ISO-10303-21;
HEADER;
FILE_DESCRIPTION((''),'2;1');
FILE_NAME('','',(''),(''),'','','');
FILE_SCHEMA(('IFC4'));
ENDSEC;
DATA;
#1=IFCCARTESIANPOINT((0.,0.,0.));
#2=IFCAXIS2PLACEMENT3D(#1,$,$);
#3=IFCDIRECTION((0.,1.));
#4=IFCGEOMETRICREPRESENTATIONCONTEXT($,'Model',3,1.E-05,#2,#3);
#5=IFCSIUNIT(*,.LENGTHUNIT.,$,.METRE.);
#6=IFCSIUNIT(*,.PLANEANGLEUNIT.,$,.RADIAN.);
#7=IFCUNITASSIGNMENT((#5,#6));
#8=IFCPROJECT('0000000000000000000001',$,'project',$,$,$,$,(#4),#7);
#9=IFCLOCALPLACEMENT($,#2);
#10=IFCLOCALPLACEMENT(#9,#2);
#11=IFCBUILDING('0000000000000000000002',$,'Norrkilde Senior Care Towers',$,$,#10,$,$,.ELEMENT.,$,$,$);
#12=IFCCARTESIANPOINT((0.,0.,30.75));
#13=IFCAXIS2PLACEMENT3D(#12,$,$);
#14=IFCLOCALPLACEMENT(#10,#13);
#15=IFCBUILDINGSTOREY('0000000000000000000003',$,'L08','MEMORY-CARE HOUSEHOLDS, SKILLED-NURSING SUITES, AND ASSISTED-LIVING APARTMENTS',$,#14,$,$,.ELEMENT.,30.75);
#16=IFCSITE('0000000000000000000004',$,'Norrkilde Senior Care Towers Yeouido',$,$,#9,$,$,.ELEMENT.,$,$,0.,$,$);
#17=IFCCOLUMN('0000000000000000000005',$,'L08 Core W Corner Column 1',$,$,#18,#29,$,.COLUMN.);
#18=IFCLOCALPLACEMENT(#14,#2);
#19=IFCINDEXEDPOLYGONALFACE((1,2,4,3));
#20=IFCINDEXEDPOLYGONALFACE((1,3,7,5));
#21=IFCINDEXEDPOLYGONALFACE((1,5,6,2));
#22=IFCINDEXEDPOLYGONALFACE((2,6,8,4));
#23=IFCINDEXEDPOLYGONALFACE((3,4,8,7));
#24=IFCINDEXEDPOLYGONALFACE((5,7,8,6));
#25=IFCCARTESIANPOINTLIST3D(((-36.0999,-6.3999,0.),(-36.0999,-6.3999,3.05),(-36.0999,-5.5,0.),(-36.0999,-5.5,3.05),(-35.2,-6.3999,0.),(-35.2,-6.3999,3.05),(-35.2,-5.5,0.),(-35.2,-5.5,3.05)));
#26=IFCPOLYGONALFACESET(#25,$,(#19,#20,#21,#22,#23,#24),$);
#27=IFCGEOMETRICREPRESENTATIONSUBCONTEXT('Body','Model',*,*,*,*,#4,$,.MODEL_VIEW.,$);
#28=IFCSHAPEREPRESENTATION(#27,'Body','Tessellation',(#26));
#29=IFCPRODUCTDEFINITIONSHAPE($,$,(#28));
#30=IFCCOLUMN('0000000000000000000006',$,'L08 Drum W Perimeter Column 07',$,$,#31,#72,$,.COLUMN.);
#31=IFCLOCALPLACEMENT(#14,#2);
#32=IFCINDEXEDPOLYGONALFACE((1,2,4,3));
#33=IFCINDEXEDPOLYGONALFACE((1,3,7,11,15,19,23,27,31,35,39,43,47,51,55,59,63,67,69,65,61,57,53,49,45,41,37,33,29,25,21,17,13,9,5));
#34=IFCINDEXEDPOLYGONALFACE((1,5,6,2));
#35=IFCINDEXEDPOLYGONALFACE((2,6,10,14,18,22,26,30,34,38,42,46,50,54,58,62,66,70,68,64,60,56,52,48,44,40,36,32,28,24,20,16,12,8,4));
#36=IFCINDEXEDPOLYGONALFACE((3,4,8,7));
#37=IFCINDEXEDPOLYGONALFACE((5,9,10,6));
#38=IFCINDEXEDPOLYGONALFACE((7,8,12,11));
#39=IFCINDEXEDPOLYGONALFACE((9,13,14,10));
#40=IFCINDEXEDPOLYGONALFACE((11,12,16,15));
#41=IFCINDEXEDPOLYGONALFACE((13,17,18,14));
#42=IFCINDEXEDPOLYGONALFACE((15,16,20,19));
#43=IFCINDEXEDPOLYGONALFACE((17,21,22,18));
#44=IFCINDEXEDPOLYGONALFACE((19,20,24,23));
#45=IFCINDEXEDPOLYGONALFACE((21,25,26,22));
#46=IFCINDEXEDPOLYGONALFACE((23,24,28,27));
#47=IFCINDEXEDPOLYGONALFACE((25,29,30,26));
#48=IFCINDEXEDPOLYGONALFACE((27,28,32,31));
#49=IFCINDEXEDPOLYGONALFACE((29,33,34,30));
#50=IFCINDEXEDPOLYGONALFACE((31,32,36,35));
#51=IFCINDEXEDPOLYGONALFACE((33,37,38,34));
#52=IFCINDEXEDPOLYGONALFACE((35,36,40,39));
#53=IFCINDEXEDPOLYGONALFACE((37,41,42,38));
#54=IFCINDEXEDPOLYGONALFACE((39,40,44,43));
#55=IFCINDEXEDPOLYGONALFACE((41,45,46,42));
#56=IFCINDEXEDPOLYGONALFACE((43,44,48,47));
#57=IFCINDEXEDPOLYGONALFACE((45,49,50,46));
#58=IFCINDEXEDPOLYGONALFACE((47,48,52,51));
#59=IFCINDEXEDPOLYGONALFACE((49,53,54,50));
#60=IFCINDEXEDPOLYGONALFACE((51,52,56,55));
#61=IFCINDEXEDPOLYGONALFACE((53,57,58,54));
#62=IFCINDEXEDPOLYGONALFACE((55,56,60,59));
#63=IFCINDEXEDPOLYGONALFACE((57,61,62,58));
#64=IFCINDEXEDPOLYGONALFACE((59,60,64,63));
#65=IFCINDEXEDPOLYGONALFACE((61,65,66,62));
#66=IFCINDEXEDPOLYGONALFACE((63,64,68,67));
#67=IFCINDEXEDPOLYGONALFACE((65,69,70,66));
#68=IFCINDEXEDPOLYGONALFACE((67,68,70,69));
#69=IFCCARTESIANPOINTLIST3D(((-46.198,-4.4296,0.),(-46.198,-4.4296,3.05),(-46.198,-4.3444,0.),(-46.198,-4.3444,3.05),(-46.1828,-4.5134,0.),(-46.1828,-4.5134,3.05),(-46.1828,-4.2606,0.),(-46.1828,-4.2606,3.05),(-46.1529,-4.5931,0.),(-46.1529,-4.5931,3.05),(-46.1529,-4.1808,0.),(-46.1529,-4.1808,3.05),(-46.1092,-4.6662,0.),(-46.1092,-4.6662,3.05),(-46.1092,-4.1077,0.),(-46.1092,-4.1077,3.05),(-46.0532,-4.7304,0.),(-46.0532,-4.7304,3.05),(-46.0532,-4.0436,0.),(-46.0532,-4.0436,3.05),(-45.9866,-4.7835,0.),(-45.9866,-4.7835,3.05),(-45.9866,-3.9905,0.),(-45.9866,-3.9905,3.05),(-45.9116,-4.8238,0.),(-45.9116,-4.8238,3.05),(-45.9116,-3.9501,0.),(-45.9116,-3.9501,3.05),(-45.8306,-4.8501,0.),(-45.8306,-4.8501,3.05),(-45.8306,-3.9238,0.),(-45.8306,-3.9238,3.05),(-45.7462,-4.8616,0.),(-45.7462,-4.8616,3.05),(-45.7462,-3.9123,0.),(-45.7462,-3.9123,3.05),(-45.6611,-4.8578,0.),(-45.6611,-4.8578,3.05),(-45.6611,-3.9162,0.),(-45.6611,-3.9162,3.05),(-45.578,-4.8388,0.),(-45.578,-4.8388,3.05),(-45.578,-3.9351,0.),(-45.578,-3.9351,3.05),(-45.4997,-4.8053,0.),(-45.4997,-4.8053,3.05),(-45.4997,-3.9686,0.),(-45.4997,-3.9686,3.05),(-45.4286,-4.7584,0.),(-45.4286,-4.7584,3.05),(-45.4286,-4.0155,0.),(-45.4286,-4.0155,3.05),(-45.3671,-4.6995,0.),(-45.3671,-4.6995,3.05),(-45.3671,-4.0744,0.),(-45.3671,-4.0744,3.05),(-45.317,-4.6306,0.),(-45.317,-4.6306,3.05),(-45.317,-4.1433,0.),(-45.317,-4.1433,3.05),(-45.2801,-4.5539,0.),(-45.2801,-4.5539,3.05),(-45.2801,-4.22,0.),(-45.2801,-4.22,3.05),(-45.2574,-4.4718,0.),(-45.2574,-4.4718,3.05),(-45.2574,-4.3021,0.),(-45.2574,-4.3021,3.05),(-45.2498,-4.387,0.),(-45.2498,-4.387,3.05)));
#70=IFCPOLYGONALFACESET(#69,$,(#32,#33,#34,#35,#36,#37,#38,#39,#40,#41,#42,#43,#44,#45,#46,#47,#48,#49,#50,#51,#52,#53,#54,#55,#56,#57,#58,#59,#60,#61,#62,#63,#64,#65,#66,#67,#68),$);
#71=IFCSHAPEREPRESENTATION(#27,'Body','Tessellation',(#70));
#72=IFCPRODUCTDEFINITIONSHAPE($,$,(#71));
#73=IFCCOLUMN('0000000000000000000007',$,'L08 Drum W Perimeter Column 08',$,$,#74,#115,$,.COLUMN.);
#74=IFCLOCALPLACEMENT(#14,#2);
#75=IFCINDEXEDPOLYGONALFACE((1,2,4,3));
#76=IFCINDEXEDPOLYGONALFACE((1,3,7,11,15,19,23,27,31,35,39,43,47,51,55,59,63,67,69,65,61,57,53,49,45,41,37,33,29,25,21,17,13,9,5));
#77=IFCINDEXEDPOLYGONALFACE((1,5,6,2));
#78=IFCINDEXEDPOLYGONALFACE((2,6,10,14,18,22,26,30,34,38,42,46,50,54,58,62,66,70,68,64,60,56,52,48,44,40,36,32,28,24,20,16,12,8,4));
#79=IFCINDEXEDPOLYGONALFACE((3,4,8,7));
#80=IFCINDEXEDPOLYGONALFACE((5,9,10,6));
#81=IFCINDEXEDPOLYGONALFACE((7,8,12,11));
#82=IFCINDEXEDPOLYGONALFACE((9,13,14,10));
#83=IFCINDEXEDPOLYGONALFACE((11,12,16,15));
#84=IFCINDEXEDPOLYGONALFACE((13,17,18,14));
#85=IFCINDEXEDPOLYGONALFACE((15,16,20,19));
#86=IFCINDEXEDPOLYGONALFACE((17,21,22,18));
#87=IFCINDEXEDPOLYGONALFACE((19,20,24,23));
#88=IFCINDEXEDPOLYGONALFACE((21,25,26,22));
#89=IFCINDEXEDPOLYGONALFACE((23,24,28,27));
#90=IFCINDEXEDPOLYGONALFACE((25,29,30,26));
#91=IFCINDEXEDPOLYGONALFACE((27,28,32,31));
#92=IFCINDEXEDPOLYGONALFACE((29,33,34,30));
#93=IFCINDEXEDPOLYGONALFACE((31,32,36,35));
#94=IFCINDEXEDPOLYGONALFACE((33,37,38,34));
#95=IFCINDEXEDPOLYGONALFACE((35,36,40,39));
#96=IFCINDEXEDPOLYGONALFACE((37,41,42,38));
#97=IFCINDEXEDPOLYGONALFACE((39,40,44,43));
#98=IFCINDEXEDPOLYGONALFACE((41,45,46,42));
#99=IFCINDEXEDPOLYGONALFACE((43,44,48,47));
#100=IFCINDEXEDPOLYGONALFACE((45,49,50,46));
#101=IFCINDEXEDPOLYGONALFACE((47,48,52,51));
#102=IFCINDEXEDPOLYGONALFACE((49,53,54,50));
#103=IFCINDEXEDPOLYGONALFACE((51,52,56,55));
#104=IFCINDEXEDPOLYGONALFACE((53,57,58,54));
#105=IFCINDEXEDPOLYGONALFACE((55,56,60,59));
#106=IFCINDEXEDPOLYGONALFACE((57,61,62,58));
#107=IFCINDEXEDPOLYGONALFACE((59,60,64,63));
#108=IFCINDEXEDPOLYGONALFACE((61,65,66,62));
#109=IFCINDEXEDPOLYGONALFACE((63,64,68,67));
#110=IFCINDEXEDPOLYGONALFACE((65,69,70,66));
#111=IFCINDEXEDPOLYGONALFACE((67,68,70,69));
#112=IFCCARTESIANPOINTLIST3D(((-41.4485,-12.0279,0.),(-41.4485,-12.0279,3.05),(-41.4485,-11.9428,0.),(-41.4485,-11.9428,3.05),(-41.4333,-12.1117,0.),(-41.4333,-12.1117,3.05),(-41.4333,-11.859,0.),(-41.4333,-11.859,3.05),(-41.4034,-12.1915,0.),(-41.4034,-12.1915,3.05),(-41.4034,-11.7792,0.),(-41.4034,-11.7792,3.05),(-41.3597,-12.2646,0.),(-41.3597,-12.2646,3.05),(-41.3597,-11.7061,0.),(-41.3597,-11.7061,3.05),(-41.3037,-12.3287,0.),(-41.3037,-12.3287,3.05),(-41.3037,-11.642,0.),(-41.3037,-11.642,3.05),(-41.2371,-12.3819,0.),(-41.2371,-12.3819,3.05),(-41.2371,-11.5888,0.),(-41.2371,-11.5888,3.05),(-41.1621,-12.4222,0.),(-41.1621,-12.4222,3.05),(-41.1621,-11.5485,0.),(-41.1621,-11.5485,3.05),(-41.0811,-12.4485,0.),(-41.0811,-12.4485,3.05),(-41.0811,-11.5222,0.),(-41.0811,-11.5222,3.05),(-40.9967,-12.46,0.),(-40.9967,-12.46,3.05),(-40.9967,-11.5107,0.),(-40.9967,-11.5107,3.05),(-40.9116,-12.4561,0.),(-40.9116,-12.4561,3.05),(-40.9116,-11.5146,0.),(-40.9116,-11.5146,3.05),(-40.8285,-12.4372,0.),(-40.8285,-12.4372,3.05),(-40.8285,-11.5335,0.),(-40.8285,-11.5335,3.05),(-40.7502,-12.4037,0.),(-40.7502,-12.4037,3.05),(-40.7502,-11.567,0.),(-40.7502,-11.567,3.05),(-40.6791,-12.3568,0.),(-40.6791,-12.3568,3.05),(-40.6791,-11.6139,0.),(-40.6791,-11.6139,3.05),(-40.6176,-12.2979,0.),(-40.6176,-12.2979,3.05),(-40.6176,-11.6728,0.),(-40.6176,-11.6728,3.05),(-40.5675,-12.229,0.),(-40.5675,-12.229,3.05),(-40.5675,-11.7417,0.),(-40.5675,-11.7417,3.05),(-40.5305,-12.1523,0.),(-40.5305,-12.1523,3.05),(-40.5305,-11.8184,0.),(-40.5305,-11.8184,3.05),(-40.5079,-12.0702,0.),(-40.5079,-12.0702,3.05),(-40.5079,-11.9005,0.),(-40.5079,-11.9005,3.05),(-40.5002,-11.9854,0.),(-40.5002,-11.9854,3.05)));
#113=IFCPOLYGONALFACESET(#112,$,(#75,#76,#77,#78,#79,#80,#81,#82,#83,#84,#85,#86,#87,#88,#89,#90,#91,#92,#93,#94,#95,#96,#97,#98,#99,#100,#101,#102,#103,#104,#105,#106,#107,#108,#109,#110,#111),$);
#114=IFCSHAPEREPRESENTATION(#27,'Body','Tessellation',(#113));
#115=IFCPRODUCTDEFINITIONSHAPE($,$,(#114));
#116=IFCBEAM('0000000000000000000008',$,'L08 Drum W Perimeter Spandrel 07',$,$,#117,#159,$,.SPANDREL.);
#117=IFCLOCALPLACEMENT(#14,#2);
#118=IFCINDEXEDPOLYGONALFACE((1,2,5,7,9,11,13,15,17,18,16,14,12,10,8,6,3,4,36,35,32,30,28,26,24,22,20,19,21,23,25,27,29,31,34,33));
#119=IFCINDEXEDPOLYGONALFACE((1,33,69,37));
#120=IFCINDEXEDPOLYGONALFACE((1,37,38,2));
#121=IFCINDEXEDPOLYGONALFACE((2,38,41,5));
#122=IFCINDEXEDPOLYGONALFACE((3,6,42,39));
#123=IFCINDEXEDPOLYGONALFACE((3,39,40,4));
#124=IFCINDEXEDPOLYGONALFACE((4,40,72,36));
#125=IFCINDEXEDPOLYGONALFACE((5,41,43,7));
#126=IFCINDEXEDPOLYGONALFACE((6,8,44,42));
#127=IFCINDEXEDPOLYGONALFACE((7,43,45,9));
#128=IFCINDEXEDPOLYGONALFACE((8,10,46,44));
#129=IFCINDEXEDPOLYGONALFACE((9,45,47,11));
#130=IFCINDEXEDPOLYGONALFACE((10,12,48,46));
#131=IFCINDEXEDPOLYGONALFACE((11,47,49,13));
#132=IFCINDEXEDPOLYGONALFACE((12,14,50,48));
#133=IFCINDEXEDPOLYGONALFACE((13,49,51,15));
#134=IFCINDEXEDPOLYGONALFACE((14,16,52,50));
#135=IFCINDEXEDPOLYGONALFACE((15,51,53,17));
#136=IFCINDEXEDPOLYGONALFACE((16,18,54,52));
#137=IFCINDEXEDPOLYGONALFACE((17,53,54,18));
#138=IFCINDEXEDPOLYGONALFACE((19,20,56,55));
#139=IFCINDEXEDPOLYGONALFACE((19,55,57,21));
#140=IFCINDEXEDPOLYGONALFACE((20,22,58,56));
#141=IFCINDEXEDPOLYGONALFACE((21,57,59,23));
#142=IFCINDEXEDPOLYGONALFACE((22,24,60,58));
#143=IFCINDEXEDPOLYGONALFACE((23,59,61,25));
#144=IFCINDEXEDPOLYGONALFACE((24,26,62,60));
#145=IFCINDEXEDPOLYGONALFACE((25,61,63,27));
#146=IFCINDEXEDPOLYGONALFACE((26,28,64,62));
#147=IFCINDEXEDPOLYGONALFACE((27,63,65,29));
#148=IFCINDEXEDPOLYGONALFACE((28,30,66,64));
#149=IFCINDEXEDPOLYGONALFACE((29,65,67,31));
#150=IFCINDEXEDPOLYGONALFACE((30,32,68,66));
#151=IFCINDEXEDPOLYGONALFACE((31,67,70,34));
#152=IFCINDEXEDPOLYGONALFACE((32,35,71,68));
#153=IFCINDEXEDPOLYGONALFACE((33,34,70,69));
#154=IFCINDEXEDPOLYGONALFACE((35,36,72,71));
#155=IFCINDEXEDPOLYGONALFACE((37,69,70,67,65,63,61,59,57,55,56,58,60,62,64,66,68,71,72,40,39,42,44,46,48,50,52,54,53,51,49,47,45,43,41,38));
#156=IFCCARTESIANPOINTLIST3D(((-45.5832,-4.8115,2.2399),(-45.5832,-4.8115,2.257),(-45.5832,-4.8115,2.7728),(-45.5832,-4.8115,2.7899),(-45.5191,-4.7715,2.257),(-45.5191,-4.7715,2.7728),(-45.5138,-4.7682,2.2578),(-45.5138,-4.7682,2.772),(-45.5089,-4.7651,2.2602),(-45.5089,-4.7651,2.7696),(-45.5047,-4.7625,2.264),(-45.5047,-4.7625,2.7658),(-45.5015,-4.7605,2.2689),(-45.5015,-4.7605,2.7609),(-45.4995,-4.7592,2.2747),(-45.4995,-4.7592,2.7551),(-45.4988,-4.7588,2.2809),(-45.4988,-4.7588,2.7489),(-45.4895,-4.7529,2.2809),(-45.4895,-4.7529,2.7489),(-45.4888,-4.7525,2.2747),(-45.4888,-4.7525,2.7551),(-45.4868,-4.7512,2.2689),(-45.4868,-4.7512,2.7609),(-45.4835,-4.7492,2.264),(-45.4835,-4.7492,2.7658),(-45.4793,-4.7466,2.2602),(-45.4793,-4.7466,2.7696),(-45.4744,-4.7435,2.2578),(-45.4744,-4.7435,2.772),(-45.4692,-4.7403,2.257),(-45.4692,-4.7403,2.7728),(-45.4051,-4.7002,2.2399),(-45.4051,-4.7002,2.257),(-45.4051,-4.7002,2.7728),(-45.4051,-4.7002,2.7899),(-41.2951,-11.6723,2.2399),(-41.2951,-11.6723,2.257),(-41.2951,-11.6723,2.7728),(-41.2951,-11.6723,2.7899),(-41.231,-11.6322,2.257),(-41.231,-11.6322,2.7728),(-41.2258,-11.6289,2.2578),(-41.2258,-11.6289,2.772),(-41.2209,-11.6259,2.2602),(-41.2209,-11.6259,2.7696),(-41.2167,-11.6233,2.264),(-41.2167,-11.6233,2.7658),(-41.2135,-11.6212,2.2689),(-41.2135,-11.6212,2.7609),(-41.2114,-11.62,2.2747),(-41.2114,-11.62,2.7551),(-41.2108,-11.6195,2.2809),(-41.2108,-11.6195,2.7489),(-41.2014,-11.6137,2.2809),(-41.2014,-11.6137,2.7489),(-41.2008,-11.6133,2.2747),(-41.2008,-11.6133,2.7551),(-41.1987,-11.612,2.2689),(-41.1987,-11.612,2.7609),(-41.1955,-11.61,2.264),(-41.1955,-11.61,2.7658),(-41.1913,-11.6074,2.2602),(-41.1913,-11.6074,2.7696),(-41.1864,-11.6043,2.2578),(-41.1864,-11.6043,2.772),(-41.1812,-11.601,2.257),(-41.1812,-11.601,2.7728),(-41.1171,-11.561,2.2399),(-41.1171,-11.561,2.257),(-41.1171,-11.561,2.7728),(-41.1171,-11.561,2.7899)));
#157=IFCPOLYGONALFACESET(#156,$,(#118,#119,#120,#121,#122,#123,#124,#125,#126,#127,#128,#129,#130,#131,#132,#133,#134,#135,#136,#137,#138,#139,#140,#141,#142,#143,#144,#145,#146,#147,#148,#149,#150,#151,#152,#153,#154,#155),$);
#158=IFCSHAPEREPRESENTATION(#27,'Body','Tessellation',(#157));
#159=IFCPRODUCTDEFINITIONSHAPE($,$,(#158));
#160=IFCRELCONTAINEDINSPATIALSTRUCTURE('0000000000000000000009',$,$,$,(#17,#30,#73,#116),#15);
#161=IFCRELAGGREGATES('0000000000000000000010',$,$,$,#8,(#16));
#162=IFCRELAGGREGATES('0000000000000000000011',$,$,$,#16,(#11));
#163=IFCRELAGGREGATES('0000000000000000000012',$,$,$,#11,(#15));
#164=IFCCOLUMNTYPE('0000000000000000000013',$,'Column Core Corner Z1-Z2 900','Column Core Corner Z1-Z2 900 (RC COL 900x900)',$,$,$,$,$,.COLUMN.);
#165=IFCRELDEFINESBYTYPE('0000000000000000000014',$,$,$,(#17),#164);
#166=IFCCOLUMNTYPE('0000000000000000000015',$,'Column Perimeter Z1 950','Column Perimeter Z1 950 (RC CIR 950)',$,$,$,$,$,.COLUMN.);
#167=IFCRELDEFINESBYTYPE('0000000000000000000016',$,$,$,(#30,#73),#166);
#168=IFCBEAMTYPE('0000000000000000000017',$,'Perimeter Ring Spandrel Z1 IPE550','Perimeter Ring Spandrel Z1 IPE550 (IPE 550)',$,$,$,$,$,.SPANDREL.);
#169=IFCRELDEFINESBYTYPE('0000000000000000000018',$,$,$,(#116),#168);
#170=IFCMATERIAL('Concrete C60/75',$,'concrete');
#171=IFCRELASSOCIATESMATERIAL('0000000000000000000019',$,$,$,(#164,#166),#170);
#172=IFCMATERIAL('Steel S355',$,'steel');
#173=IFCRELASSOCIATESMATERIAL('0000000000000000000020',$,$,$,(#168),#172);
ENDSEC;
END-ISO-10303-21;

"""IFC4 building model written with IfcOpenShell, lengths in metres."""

from ifc_helpers import new_model, si_unit, direction, frame, origin, origin_2d, place, context, subcontext, project, spatial, rectangle, circle, i_section, extrude, source, transform, mapped, material, material_profile, profile_set, type_object, type_shapes, element, save


model = new_model("IFC4")

# Units and contexts
model_context = context("Model", 3, precision=1e-05, world=origin(), true_north=direction((0.0, 1.0)))
body_context = subcontext(model_context, "Body", "Model", "MODEL_VIEW")
ifc_project = project(units=[si_unit("LENGTHUNIT", "METRE"), si_unit("PLANEANGLEUNIT", "RADIAN")], contexts=[model_context])

# Site, building, storey
site_placement = place(None, origin())
site = spatial("IfcSite", under=ifc_project, at=site_placement, Name="Norrkilde Senior Care Towers Yeouido", CompositionType="ELEMENT", RefElevation=0.0)
building_placement = place(site_placement, origin())
building = spatial("IfcBuilding", under=site, at=building_placement, Name="Norrkilde Senior Care Towers", CompositionType="ELEMENT")
storey_placement = place(building_placement, frame((0.0, 0.0, 30.75)))
storey = spatial("IfcBuildingStorey", under=building, at=storey_placement, Name="L08", Description="MEMORY-CARE HOUSEHOLDS, SKILLED-NURSING SUITES, AND ASSISTED-LIVING APARTMENTS", CompositionType="ELEMENT", Elevation=30.75)

# Columns
ifc_material_1 = material(Name="Concrete C60/75", Category="concrete")
ifc_material_profile_1 = material_profile(ifc_material_1, rectangle(XDim=0.8999, YDim=0.8999, at=origin_2d()), Name="RC COL 900x900")
ifc_profile_set_1 = profile_set([ifc_material_profile_1], Name="Concrete C60/75")
column_type_1 = type_object("IfcColumnType", Name="Column Core Corner Z1-Z2 900", Description="Column Core Corner Z1-Z2 900 (RC COL 900x900)", PredefinedType="COLUMN", material=ifc_profile_set_1)
shared_shape_1 = source(origin(), body_context, "Body", "SweptSolid", [
    extrude(rectangle(XDim=0.8999, YDim=0.8999, at=origin_2d()), origin(), (0.0, 0.0, 1.0), 3.05),
])
type_shapes(column_type_1, [shared_shape_1])
column_placement = place(storey_placement, frame((-35.6499, -5.95, 0.0), z_axis=(0.0, 0.0, 1.0), x_axis=(1.0, 0.0, 0.0)))
element("IfcColumn", 1, at=column_placement, inside=storey, type_object=column_type_1, Name="L08 Core W Corner Column 1", PredefinedType="COLUMN", context=body_context, shape_type="MappedRepresentation", body=[
    mapped(shared_shape_1, transform((0.0, 0.0, 0.0), x_axis=(1.0, 0.0, 0.0), y_axis=(0.0, 1.0, 0.0), z_axis=(0.0, 0.0, 1.0), scale=1.0)),
])
ifc_material_profile_2 = material_profile(ifc_material_1, circle(Radius=0.4751, at=origin_2d()), Name="RC CIR 950")
ifc_profile_set_2 = profile_set([ifc_material_profile_2], Name="Concrete C60/75")
column_type_2 = type_object("IfcColumnType", Name="Column Perimeter Z1 950", Description="Column Perimeter Z1 950 (RC CIR 950)", PredefinedType="COLUMN", material=ifc_profile_set_2)
shared_shape_2 = source(origin(), body_context, "Body", "SweptSolid", [
    extrude(circle(Radius=0.4751, at=origin_2d()), origin(), (0.0, 0.0, 1.0), 3.05),
])
type_shapes(column_type_2, [shared_shape_2])
for number, where, z_axis, x_axis, name in (
    (2, (-45.7249, -4.387, 0.0), (0.0, 0.0, 1.0), (1.0, 0.0, 0.0), "L08 Drum W Perimeter Column 07"),
    (3, (-40.9753, -11.9854, 0.0), (0.0, 0.0, 1.0), (1.0, 0.0, 0.0), "L08 Drum W Perimeter Column 08"),
):
    element("IfcColumn", number, at=place(storey_placement, frame(where, z_axis=z_axis, x_axis=x_axis)), inside=storey, type_object=column_type_2, Name=name, PredefinedType="COLUMN", context=body_context, shape_type="MappedRepresentation", body=[
        mapped(shared_shape_2, transform((0.0, 0.0, 0.0), x_axis=(1.0, 0.0, 0.0), y_axis=(0.0, 1.0, 0.0), z_axis=(0.0, 0.0, 1.0), scale=1.0)),
    ])

# Beam
ifc_material_2 = material(Name="Steel S355", Category="steel")
ifc_material_profile_3 = material_profile(ifc_material_2, i_section(OverallWidth=0.21, OverallDepth=0.55, WebThickness=0.011, FlangeThickness=0.0171, FilletRadius=0.0239, at=origin_2d()), Name="IPE 550")
ifc_profile_set_3 = profile_set([ifc_material_profile_3], Name="Steel S355")
beam_type_1 = type_object("IfcBeamType", Name="Perimeter Ring Spandrel Z1 IPE550", Description="Perimeter Ring Spandrel Z1 IPE550 (IPE 550)", PredefinedType="SPANDREL", material=ifc_profile_set_3)
shared_shape_3 = source(origin(), body_context, "Body", "SweptSolid", [
    extrude(i_section(OverallWidth=0.21, OverallDepth=0.55, WebThickness=0.011, FlangeThickness=0.0171, FilletRadius=0.0239, at=origin_2d()), origin(), (0.0, 0.0, 1.0), 8.0906),
])
beam_1_placement = place(storey_placement, frame((-45.4941, -4.7559, 2.5149), z_axis=(0.530004, -0.847995, 0.0), x_axis=(0.847995, 0.530004, 0.0)))
element("IfcBeam", 4, at=beam_1_placement, inside=storey, type_object=beam_type_1, Name="L08 Drum W Perimeter Spandrel 07", PredefinedType="SPANDREL", context=body_context, shape_type="MappedRepresentation", body=[
    mapped(shared_shape_3, transform((0.0, 0.0, 0.0), x_axis=(1.0, 0.0, 0.0), y_axis=(0.0, 1.0, 0.0), z_axis=(0.0, 0.0, 1.0), scale=1.0)),
])

save(model, "model.ifc")
